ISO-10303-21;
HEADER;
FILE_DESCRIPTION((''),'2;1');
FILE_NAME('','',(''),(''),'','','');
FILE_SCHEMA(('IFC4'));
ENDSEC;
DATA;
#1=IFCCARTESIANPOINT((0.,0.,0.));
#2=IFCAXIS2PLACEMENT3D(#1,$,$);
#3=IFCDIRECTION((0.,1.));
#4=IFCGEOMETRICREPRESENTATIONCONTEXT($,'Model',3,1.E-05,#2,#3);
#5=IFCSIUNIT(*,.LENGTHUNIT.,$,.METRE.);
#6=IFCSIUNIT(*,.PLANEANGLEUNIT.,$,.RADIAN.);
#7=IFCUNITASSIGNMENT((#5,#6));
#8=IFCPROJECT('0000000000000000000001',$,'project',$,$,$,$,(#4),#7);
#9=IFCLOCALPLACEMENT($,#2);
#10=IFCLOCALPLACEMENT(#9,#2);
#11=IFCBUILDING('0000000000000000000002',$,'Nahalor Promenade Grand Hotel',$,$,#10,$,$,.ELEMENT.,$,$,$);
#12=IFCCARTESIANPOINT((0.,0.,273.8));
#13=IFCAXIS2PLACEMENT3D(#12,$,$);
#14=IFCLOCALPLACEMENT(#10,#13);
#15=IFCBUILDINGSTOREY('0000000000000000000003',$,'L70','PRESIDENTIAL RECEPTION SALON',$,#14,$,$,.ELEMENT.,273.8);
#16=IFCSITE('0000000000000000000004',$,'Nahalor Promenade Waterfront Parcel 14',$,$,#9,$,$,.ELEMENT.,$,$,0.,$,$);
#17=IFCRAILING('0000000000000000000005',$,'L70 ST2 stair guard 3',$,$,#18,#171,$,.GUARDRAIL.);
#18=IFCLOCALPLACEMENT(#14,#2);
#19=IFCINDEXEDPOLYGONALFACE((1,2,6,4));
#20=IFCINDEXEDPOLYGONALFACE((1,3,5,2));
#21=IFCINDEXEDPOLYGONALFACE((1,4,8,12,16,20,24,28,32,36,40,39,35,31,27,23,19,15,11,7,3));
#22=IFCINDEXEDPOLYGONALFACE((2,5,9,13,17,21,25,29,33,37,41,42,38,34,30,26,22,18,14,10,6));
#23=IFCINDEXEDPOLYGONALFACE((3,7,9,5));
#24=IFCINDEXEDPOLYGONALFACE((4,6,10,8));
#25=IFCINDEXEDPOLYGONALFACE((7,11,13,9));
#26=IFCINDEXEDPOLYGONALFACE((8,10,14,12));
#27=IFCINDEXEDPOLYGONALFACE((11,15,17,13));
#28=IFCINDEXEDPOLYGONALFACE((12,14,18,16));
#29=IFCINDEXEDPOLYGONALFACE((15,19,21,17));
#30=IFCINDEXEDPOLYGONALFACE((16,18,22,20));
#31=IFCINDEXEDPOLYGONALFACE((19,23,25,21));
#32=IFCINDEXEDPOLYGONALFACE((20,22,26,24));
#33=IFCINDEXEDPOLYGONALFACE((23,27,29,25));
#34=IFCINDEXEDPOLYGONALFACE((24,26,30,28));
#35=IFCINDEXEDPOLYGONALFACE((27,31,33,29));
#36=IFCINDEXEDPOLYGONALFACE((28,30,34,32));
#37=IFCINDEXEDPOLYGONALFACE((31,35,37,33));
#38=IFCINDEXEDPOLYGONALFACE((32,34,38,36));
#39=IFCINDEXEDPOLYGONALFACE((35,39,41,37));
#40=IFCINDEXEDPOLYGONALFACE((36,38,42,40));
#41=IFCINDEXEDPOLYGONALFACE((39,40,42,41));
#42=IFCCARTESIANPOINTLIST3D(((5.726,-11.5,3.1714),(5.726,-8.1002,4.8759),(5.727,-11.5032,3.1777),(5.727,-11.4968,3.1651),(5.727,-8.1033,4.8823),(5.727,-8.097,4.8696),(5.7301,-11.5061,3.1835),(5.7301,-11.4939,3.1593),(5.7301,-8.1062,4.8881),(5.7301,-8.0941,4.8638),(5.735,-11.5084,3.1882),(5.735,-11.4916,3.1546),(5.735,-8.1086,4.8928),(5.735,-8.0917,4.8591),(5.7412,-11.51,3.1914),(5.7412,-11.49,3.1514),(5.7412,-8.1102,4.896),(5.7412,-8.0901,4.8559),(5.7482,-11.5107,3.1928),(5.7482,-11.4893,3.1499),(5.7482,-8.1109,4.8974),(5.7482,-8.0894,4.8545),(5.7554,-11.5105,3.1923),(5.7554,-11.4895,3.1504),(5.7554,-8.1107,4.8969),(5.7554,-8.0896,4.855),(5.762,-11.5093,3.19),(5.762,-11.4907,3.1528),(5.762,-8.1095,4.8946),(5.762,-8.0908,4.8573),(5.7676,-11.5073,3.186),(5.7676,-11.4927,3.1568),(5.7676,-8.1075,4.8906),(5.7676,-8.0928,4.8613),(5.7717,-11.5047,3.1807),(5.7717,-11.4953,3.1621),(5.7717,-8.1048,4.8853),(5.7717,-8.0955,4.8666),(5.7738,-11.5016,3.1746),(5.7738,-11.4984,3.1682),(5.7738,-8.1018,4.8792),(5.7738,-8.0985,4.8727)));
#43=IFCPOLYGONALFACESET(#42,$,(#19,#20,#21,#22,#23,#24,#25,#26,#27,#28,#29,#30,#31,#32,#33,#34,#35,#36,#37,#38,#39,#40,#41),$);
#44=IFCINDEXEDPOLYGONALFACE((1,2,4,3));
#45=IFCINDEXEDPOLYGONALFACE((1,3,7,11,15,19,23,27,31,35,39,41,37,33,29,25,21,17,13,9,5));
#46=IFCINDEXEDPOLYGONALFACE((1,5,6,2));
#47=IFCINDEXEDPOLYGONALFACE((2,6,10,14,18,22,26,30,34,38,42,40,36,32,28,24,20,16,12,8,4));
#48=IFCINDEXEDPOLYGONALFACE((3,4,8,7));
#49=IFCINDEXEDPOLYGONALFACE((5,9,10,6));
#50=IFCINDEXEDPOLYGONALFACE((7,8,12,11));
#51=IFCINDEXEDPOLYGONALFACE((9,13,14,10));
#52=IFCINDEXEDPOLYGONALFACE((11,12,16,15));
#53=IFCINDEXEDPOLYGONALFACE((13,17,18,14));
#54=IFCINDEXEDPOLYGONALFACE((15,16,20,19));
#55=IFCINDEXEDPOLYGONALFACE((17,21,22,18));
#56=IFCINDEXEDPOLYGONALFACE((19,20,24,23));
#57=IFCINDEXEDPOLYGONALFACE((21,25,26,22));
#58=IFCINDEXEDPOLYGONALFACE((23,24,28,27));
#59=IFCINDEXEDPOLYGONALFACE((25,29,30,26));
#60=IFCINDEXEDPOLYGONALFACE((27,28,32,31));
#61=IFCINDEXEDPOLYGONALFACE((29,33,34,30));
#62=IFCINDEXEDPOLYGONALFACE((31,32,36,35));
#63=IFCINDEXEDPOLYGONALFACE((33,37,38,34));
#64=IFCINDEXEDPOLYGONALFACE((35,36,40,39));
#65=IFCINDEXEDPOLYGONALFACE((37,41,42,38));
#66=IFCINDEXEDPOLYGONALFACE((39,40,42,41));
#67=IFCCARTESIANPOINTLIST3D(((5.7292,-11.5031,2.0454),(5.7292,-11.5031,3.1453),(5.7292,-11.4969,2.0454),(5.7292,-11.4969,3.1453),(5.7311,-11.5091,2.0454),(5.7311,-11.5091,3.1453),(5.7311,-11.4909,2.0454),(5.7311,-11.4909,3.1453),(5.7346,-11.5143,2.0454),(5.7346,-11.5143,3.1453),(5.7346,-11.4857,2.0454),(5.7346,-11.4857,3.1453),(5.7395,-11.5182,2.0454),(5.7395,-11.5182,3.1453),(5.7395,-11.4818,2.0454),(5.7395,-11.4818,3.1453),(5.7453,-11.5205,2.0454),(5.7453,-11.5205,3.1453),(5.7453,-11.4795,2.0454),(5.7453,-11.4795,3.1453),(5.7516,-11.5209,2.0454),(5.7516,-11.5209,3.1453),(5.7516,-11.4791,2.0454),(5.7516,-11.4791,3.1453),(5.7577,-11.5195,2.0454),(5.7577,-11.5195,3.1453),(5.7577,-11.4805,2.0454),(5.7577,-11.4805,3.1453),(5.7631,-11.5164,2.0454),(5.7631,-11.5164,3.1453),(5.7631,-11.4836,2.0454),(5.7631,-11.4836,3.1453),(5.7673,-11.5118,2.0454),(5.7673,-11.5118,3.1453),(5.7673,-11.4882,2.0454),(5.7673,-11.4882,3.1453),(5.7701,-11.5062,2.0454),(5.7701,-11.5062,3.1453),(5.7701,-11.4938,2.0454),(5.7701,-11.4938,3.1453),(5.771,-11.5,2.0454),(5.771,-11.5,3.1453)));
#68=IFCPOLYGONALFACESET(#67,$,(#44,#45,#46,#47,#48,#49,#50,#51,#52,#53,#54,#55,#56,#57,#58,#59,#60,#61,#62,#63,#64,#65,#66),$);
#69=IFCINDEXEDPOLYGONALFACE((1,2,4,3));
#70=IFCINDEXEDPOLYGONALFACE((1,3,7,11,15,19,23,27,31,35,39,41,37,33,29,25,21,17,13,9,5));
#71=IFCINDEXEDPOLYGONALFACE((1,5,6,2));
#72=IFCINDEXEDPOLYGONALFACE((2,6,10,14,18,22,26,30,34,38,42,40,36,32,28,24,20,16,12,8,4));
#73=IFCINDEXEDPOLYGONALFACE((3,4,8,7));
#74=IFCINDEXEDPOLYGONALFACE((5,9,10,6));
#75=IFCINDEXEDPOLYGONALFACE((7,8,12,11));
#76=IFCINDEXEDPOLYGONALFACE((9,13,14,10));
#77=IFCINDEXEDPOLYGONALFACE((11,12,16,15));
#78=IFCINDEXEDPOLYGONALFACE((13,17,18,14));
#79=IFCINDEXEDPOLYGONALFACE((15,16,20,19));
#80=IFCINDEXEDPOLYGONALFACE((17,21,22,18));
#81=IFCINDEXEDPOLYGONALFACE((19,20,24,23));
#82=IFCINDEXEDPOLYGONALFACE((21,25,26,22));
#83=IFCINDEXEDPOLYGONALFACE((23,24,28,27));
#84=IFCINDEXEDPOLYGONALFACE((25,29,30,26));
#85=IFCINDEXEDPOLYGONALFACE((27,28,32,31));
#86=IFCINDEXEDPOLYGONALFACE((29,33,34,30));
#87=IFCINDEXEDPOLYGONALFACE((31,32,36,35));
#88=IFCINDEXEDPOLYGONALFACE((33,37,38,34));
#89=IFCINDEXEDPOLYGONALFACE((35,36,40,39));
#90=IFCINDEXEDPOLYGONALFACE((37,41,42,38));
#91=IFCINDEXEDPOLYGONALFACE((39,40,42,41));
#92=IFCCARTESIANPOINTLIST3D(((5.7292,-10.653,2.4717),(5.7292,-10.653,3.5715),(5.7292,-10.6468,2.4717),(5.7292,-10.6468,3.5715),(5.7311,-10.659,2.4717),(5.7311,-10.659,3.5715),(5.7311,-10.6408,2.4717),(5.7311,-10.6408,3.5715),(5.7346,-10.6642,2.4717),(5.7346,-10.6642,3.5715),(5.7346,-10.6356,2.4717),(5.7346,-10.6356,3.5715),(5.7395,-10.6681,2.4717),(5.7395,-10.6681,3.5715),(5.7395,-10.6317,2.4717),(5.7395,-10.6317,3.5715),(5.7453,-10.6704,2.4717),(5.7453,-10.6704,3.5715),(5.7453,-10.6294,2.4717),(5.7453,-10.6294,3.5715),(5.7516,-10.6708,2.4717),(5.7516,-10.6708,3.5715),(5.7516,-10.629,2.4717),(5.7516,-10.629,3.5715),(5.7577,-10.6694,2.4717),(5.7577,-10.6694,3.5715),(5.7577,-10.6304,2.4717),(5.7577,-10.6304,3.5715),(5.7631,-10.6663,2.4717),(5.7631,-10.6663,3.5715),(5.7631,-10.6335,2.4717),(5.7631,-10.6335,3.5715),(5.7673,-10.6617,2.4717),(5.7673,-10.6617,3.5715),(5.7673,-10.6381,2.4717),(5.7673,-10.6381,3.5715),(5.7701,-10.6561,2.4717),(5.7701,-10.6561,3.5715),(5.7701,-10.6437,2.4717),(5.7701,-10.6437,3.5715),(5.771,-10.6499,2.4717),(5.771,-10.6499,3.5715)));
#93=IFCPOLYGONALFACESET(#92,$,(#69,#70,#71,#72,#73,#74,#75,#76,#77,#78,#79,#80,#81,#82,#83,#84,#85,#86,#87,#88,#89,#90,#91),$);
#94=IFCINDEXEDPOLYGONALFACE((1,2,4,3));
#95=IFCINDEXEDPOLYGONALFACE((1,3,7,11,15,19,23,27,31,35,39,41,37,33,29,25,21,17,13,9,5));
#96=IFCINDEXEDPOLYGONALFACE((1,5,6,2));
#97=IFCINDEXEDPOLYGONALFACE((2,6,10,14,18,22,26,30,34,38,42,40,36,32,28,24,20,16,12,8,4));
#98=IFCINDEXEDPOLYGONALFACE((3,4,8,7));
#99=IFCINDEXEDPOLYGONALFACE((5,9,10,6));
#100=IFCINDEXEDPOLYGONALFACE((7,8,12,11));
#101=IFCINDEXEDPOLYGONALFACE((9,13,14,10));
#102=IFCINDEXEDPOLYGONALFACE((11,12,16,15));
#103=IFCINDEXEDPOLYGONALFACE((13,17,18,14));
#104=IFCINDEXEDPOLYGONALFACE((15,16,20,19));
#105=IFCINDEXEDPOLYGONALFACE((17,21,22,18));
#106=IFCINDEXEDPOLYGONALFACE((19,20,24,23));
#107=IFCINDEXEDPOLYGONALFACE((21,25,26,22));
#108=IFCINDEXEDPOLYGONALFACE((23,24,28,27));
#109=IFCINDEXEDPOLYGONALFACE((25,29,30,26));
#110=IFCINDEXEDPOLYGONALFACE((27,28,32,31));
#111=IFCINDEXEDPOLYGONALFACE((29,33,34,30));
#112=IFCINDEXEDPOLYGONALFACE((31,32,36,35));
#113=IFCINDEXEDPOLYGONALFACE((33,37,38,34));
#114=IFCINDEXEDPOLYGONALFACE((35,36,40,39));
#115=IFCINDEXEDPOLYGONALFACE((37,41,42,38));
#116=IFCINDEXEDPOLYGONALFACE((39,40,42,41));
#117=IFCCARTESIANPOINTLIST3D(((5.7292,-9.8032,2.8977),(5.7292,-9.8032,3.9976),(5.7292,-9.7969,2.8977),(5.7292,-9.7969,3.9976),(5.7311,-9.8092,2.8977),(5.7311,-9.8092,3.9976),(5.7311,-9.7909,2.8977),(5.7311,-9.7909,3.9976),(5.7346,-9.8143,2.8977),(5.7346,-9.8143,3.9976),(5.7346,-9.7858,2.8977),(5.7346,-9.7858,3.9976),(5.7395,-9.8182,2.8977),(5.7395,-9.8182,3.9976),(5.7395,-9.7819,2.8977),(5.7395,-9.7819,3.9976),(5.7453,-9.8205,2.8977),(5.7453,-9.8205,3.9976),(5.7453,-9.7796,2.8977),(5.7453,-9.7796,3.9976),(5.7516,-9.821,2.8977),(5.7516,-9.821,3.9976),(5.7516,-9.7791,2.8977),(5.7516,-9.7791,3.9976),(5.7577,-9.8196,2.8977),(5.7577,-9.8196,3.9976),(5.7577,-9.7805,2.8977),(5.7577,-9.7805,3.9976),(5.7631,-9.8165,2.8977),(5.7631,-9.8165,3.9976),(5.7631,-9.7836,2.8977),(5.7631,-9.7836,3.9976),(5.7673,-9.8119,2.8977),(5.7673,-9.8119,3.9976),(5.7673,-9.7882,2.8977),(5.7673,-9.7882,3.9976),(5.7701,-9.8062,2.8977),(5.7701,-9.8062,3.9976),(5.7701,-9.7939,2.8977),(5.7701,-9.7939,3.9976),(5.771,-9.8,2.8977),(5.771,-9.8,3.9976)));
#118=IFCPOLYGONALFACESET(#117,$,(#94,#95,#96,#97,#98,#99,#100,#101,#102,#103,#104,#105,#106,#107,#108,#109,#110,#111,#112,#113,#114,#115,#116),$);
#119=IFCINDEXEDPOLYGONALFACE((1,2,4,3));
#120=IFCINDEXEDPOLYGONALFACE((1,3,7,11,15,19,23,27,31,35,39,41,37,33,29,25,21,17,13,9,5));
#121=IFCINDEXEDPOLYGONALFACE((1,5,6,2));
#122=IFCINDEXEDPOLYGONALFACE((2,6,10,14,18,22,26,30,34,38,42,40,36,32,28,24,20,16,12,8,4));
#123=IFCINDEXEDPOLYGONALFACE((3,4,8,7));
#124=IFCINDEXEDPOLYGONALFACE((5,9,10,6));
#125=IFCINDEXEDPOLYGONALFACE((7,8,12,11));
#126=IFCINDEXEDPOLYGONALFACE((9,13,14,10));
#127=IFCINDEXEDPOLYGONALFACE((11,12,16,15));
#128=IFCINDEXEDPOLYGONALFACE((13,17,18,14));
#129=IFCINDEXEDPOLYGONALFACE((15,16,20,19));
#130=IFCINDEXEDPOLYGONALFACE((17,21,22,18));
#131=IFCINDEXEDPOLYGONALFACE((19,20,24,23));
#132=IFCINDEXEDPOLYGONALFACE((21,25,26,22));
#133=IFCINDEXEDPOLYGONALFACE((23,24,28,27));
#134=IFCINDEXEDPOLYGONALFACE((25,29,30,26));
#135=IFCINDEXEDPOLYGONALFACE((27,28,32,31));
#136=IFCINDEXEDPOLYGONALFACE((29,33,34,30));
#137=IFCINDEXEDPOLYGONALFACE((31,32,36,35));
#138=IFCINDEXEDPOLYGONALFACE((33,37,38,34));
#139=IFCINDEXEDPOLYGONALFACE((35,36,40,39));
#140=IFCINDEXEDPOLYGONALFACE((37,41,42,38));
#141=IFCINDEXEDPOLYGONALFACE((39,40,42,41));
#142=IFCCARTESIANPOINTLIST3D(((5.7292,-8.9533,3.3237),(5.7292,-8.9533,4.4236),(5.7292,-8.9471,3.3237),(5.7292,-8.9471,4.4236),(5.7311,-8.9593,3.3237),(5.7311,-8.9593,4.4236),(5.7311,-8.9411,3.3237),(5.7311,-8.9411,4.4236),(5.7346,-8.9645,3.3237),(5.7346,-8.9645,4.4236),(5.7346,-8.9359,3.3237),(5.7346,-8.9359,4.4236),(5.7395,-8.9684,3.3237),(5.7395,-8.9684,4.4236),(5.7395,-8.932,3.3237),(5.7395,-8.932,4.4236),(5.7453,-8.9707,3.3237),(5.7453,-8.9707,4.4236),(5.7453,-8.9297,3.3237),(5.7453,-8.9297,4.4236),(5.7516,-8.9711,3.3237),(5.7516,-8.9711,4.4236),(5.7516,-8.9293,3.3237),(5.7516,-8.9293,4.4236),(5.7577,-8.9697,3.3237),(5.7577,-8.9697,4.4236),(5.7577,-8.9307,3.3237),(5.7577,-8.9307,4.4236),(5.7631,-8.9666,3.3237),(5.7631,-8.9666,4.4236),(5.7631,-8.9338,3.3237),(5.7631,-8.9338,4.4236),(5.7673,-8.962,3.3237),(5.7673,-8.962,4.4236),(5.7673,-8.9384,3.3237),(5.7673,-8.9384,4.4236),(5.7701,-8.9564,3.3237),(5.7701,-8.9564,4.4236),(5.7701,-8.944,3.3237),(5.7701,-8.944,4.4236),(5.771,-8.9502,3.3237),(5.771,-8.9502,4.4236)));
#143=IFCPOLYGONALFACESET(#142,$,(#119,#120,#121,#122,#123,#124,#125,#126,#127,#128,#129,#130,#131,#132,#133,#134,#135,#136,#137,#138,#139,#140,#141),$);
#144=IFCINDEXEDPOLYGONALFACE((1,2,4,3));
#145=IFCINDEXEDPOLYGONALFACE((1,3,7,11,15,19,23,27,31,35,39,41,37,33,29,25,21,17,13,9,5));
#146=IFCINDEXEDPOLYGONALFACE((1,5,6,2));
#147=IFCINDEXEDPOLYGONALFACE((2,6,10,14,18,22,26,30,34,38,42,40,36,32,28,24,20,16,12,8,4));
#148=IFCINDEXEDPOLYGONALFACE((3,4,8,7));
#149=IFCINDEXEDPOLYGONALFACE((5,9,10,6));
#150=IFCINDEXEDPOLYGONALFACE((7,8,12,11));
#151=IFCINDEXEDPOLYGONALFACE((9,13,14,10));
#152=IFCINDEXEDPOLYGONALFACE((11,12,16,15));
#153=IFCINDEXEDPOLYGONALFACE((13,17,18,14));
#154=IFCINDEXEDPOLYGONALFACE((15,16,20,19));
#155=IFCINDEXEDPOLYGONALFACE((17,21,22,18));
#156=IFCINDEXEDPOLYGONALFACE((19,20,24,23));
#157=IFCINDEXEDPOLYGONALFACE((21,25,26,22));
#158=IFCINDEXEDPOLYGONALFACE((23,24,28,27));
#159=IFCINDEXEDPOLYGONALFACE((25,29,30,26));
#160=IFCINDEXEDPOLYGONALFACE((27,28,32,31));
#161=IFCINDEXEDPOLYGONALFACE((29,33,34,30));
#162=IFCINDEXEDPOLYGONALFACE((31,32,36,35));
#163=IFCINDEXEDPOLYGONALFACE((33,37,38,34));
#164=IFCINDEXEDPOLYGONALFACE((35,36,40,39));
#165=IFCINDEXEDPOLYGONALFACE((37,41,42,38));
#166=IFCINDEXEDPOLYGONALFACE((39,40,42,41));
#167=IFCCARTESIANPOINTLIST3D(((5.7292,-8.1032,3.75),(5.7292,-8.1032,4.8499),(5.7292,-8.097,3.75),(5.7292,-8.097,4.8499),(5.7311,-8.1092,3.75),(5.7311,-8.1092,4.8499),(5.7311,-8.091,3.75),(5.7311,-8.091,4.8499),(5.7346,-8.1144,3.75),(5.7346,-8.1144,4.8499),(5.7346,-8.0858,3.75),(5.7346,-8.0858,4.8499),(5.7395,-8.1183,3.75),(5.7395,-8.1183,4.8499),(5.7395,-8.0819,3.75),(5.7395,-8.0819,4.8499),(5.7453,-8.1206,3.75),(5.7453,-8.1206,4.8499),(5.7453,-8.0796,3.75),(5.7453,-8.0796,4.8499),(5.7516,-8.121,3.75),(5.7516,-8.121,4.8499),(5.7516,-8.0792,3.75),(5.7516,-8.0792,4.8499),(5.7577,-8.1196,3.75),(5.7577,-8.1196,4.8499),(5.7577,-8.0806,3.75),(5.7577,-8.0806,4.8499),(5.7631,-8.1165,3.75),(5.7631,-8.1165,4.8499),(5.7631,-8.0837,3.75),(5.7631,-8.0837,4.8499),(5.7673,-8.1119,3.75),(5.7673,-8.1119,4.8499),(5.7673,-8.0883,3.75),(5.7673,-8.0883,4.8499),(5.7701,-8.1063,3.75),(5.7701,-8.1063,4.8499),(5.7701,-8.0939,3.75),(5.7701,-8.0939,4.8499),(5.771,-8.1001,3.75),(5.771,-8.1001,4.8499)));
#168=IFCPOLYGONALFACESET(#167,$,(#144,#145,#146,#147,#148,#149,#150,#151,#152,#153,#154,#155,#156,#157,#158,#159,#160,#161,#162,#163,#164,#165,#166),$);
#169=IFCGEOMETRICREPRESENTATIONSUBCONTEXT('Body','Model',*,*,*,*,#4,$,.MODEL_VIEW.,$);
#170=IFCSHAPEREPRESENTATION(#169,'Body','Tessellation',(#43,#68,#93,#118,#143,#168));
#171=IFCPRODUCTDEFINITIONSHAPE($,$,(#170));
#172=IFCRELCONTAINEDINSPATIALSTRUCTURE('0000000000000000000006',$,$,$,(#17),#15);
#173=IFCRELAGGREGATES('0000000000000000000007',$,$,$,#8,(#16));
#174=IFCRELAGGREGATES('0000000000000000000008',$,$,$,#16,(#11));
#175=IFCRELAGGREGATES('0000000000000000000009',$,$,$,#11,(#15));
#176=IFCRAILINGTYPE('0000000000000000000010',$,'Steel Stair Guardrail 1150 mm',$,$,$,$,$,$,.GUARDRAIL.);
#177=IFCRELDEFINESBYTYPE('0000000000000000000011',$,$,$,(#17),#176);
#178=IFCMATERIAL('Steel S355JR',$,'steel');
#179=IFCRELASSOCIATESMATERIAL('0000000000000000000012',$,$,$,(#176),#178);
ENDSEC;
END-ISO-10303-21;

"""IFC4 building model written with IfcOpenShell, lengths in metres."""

from ifc_helpers import new_model, si_unit, direction, frame, origin, origin_2d, place, context, subcontext, project, spatial, circle, extrude, material, type_object, element, save


model = new_model("IFC4")

# Units and contexts
model_context = context("Model", 3, precision=1e-05, world=origin(), true_north=direction((0.0, 1.0)))
body_context = subcontext(model_context, "Body", "Model", "MODEL_VIEW")
ifc_project = project(units=[si_unit("LENGTHUNIT", "METRE"), si_unit("PLANEANGLEUNIT", "RADIAN")], contexts=[model_context])

# Site, building, storey
site_placement = place(None, origin())
site = spatial("IfcSite", under=ifc_project, at=site_placement, Name="Nahalor Promenade Waterfront Parcel 14", CompositionType="ELEMENT", RefElevation=0.0)
building_placement = place(site_placement, origin())
building = spatial("IfcBuilding", under=site, at=building_placement, Name="Nahalor Promenade Grand Hotel", CompositionType="ELEMENT")
storey_placement = place(building_placement, frame((0.0, 0.0, 273.8)))
storey = spatial("IfcBuildingStorey", under=building, at=storey_placement, Name="L70", Description="PRESIDENTIAL RECEPTION SALON", CompositionType="ELEMENT", Elevation=273.8)

# Shared definitions
ifc_material_1 = material(Name="Steel S355JR", Category="steel")

# Railing
railing_type_1 = type_object("IfcRailingType", Name="Steel Stair Guardrail 1150 mm", PredefinedType="GUARDRAIL", material=ifc_material_1)
railing_1_placement = place(storey_placement, frame((5.75, -11.5, 2.0454)))
element("IfcRailing", 1, at=railing_1_placement, inside=storey, type_object=railing_type_1, Name="L70 ST2 stair guard 3", PredefinedType="GUARDRAIL", context=body_context, shape_type="SweptSolid", body=[
    extrude(circle(Radius=0.024, at=origin_2d()), frame((0.0, 0.0, 1.126), z_axis=(0.0, 0.893939, 0.448189), x_axis=(-1.0, 0.0, 0.0)), (0.0, 0.0, 1.0), 3.8032),
    extrude(circle(Radius=0.021, at=origin_2d()), origin(), (0.0, 0.0, 1.0), 1.0999),
    extrude(circle(Radius=0.021, at=origin_2d()), frame((0.0, 0.8501, 0.4263)), (0.0, 0.0, 1.0), 1.0999),
    extrude(circle(Radius=0.021, at=origin_2d()), frame((0.0, 1.7, 0.8523)), (0.0, 0.0, 1.0), 1.0999),
    extrude(circle(Radius=0.021, at=origin_2d()), frame((0.0, 2.5498, 1.2783)), (0.0, 0.0, 1.0), 1.0999),
    extrude(circle(Radius=0.021, at=origin_2d()), frame((0.0, 3.3999, 1.7046)), (0.0, 0.0, 1.0), 1.0999),
])

save(model, "model.ifc")
